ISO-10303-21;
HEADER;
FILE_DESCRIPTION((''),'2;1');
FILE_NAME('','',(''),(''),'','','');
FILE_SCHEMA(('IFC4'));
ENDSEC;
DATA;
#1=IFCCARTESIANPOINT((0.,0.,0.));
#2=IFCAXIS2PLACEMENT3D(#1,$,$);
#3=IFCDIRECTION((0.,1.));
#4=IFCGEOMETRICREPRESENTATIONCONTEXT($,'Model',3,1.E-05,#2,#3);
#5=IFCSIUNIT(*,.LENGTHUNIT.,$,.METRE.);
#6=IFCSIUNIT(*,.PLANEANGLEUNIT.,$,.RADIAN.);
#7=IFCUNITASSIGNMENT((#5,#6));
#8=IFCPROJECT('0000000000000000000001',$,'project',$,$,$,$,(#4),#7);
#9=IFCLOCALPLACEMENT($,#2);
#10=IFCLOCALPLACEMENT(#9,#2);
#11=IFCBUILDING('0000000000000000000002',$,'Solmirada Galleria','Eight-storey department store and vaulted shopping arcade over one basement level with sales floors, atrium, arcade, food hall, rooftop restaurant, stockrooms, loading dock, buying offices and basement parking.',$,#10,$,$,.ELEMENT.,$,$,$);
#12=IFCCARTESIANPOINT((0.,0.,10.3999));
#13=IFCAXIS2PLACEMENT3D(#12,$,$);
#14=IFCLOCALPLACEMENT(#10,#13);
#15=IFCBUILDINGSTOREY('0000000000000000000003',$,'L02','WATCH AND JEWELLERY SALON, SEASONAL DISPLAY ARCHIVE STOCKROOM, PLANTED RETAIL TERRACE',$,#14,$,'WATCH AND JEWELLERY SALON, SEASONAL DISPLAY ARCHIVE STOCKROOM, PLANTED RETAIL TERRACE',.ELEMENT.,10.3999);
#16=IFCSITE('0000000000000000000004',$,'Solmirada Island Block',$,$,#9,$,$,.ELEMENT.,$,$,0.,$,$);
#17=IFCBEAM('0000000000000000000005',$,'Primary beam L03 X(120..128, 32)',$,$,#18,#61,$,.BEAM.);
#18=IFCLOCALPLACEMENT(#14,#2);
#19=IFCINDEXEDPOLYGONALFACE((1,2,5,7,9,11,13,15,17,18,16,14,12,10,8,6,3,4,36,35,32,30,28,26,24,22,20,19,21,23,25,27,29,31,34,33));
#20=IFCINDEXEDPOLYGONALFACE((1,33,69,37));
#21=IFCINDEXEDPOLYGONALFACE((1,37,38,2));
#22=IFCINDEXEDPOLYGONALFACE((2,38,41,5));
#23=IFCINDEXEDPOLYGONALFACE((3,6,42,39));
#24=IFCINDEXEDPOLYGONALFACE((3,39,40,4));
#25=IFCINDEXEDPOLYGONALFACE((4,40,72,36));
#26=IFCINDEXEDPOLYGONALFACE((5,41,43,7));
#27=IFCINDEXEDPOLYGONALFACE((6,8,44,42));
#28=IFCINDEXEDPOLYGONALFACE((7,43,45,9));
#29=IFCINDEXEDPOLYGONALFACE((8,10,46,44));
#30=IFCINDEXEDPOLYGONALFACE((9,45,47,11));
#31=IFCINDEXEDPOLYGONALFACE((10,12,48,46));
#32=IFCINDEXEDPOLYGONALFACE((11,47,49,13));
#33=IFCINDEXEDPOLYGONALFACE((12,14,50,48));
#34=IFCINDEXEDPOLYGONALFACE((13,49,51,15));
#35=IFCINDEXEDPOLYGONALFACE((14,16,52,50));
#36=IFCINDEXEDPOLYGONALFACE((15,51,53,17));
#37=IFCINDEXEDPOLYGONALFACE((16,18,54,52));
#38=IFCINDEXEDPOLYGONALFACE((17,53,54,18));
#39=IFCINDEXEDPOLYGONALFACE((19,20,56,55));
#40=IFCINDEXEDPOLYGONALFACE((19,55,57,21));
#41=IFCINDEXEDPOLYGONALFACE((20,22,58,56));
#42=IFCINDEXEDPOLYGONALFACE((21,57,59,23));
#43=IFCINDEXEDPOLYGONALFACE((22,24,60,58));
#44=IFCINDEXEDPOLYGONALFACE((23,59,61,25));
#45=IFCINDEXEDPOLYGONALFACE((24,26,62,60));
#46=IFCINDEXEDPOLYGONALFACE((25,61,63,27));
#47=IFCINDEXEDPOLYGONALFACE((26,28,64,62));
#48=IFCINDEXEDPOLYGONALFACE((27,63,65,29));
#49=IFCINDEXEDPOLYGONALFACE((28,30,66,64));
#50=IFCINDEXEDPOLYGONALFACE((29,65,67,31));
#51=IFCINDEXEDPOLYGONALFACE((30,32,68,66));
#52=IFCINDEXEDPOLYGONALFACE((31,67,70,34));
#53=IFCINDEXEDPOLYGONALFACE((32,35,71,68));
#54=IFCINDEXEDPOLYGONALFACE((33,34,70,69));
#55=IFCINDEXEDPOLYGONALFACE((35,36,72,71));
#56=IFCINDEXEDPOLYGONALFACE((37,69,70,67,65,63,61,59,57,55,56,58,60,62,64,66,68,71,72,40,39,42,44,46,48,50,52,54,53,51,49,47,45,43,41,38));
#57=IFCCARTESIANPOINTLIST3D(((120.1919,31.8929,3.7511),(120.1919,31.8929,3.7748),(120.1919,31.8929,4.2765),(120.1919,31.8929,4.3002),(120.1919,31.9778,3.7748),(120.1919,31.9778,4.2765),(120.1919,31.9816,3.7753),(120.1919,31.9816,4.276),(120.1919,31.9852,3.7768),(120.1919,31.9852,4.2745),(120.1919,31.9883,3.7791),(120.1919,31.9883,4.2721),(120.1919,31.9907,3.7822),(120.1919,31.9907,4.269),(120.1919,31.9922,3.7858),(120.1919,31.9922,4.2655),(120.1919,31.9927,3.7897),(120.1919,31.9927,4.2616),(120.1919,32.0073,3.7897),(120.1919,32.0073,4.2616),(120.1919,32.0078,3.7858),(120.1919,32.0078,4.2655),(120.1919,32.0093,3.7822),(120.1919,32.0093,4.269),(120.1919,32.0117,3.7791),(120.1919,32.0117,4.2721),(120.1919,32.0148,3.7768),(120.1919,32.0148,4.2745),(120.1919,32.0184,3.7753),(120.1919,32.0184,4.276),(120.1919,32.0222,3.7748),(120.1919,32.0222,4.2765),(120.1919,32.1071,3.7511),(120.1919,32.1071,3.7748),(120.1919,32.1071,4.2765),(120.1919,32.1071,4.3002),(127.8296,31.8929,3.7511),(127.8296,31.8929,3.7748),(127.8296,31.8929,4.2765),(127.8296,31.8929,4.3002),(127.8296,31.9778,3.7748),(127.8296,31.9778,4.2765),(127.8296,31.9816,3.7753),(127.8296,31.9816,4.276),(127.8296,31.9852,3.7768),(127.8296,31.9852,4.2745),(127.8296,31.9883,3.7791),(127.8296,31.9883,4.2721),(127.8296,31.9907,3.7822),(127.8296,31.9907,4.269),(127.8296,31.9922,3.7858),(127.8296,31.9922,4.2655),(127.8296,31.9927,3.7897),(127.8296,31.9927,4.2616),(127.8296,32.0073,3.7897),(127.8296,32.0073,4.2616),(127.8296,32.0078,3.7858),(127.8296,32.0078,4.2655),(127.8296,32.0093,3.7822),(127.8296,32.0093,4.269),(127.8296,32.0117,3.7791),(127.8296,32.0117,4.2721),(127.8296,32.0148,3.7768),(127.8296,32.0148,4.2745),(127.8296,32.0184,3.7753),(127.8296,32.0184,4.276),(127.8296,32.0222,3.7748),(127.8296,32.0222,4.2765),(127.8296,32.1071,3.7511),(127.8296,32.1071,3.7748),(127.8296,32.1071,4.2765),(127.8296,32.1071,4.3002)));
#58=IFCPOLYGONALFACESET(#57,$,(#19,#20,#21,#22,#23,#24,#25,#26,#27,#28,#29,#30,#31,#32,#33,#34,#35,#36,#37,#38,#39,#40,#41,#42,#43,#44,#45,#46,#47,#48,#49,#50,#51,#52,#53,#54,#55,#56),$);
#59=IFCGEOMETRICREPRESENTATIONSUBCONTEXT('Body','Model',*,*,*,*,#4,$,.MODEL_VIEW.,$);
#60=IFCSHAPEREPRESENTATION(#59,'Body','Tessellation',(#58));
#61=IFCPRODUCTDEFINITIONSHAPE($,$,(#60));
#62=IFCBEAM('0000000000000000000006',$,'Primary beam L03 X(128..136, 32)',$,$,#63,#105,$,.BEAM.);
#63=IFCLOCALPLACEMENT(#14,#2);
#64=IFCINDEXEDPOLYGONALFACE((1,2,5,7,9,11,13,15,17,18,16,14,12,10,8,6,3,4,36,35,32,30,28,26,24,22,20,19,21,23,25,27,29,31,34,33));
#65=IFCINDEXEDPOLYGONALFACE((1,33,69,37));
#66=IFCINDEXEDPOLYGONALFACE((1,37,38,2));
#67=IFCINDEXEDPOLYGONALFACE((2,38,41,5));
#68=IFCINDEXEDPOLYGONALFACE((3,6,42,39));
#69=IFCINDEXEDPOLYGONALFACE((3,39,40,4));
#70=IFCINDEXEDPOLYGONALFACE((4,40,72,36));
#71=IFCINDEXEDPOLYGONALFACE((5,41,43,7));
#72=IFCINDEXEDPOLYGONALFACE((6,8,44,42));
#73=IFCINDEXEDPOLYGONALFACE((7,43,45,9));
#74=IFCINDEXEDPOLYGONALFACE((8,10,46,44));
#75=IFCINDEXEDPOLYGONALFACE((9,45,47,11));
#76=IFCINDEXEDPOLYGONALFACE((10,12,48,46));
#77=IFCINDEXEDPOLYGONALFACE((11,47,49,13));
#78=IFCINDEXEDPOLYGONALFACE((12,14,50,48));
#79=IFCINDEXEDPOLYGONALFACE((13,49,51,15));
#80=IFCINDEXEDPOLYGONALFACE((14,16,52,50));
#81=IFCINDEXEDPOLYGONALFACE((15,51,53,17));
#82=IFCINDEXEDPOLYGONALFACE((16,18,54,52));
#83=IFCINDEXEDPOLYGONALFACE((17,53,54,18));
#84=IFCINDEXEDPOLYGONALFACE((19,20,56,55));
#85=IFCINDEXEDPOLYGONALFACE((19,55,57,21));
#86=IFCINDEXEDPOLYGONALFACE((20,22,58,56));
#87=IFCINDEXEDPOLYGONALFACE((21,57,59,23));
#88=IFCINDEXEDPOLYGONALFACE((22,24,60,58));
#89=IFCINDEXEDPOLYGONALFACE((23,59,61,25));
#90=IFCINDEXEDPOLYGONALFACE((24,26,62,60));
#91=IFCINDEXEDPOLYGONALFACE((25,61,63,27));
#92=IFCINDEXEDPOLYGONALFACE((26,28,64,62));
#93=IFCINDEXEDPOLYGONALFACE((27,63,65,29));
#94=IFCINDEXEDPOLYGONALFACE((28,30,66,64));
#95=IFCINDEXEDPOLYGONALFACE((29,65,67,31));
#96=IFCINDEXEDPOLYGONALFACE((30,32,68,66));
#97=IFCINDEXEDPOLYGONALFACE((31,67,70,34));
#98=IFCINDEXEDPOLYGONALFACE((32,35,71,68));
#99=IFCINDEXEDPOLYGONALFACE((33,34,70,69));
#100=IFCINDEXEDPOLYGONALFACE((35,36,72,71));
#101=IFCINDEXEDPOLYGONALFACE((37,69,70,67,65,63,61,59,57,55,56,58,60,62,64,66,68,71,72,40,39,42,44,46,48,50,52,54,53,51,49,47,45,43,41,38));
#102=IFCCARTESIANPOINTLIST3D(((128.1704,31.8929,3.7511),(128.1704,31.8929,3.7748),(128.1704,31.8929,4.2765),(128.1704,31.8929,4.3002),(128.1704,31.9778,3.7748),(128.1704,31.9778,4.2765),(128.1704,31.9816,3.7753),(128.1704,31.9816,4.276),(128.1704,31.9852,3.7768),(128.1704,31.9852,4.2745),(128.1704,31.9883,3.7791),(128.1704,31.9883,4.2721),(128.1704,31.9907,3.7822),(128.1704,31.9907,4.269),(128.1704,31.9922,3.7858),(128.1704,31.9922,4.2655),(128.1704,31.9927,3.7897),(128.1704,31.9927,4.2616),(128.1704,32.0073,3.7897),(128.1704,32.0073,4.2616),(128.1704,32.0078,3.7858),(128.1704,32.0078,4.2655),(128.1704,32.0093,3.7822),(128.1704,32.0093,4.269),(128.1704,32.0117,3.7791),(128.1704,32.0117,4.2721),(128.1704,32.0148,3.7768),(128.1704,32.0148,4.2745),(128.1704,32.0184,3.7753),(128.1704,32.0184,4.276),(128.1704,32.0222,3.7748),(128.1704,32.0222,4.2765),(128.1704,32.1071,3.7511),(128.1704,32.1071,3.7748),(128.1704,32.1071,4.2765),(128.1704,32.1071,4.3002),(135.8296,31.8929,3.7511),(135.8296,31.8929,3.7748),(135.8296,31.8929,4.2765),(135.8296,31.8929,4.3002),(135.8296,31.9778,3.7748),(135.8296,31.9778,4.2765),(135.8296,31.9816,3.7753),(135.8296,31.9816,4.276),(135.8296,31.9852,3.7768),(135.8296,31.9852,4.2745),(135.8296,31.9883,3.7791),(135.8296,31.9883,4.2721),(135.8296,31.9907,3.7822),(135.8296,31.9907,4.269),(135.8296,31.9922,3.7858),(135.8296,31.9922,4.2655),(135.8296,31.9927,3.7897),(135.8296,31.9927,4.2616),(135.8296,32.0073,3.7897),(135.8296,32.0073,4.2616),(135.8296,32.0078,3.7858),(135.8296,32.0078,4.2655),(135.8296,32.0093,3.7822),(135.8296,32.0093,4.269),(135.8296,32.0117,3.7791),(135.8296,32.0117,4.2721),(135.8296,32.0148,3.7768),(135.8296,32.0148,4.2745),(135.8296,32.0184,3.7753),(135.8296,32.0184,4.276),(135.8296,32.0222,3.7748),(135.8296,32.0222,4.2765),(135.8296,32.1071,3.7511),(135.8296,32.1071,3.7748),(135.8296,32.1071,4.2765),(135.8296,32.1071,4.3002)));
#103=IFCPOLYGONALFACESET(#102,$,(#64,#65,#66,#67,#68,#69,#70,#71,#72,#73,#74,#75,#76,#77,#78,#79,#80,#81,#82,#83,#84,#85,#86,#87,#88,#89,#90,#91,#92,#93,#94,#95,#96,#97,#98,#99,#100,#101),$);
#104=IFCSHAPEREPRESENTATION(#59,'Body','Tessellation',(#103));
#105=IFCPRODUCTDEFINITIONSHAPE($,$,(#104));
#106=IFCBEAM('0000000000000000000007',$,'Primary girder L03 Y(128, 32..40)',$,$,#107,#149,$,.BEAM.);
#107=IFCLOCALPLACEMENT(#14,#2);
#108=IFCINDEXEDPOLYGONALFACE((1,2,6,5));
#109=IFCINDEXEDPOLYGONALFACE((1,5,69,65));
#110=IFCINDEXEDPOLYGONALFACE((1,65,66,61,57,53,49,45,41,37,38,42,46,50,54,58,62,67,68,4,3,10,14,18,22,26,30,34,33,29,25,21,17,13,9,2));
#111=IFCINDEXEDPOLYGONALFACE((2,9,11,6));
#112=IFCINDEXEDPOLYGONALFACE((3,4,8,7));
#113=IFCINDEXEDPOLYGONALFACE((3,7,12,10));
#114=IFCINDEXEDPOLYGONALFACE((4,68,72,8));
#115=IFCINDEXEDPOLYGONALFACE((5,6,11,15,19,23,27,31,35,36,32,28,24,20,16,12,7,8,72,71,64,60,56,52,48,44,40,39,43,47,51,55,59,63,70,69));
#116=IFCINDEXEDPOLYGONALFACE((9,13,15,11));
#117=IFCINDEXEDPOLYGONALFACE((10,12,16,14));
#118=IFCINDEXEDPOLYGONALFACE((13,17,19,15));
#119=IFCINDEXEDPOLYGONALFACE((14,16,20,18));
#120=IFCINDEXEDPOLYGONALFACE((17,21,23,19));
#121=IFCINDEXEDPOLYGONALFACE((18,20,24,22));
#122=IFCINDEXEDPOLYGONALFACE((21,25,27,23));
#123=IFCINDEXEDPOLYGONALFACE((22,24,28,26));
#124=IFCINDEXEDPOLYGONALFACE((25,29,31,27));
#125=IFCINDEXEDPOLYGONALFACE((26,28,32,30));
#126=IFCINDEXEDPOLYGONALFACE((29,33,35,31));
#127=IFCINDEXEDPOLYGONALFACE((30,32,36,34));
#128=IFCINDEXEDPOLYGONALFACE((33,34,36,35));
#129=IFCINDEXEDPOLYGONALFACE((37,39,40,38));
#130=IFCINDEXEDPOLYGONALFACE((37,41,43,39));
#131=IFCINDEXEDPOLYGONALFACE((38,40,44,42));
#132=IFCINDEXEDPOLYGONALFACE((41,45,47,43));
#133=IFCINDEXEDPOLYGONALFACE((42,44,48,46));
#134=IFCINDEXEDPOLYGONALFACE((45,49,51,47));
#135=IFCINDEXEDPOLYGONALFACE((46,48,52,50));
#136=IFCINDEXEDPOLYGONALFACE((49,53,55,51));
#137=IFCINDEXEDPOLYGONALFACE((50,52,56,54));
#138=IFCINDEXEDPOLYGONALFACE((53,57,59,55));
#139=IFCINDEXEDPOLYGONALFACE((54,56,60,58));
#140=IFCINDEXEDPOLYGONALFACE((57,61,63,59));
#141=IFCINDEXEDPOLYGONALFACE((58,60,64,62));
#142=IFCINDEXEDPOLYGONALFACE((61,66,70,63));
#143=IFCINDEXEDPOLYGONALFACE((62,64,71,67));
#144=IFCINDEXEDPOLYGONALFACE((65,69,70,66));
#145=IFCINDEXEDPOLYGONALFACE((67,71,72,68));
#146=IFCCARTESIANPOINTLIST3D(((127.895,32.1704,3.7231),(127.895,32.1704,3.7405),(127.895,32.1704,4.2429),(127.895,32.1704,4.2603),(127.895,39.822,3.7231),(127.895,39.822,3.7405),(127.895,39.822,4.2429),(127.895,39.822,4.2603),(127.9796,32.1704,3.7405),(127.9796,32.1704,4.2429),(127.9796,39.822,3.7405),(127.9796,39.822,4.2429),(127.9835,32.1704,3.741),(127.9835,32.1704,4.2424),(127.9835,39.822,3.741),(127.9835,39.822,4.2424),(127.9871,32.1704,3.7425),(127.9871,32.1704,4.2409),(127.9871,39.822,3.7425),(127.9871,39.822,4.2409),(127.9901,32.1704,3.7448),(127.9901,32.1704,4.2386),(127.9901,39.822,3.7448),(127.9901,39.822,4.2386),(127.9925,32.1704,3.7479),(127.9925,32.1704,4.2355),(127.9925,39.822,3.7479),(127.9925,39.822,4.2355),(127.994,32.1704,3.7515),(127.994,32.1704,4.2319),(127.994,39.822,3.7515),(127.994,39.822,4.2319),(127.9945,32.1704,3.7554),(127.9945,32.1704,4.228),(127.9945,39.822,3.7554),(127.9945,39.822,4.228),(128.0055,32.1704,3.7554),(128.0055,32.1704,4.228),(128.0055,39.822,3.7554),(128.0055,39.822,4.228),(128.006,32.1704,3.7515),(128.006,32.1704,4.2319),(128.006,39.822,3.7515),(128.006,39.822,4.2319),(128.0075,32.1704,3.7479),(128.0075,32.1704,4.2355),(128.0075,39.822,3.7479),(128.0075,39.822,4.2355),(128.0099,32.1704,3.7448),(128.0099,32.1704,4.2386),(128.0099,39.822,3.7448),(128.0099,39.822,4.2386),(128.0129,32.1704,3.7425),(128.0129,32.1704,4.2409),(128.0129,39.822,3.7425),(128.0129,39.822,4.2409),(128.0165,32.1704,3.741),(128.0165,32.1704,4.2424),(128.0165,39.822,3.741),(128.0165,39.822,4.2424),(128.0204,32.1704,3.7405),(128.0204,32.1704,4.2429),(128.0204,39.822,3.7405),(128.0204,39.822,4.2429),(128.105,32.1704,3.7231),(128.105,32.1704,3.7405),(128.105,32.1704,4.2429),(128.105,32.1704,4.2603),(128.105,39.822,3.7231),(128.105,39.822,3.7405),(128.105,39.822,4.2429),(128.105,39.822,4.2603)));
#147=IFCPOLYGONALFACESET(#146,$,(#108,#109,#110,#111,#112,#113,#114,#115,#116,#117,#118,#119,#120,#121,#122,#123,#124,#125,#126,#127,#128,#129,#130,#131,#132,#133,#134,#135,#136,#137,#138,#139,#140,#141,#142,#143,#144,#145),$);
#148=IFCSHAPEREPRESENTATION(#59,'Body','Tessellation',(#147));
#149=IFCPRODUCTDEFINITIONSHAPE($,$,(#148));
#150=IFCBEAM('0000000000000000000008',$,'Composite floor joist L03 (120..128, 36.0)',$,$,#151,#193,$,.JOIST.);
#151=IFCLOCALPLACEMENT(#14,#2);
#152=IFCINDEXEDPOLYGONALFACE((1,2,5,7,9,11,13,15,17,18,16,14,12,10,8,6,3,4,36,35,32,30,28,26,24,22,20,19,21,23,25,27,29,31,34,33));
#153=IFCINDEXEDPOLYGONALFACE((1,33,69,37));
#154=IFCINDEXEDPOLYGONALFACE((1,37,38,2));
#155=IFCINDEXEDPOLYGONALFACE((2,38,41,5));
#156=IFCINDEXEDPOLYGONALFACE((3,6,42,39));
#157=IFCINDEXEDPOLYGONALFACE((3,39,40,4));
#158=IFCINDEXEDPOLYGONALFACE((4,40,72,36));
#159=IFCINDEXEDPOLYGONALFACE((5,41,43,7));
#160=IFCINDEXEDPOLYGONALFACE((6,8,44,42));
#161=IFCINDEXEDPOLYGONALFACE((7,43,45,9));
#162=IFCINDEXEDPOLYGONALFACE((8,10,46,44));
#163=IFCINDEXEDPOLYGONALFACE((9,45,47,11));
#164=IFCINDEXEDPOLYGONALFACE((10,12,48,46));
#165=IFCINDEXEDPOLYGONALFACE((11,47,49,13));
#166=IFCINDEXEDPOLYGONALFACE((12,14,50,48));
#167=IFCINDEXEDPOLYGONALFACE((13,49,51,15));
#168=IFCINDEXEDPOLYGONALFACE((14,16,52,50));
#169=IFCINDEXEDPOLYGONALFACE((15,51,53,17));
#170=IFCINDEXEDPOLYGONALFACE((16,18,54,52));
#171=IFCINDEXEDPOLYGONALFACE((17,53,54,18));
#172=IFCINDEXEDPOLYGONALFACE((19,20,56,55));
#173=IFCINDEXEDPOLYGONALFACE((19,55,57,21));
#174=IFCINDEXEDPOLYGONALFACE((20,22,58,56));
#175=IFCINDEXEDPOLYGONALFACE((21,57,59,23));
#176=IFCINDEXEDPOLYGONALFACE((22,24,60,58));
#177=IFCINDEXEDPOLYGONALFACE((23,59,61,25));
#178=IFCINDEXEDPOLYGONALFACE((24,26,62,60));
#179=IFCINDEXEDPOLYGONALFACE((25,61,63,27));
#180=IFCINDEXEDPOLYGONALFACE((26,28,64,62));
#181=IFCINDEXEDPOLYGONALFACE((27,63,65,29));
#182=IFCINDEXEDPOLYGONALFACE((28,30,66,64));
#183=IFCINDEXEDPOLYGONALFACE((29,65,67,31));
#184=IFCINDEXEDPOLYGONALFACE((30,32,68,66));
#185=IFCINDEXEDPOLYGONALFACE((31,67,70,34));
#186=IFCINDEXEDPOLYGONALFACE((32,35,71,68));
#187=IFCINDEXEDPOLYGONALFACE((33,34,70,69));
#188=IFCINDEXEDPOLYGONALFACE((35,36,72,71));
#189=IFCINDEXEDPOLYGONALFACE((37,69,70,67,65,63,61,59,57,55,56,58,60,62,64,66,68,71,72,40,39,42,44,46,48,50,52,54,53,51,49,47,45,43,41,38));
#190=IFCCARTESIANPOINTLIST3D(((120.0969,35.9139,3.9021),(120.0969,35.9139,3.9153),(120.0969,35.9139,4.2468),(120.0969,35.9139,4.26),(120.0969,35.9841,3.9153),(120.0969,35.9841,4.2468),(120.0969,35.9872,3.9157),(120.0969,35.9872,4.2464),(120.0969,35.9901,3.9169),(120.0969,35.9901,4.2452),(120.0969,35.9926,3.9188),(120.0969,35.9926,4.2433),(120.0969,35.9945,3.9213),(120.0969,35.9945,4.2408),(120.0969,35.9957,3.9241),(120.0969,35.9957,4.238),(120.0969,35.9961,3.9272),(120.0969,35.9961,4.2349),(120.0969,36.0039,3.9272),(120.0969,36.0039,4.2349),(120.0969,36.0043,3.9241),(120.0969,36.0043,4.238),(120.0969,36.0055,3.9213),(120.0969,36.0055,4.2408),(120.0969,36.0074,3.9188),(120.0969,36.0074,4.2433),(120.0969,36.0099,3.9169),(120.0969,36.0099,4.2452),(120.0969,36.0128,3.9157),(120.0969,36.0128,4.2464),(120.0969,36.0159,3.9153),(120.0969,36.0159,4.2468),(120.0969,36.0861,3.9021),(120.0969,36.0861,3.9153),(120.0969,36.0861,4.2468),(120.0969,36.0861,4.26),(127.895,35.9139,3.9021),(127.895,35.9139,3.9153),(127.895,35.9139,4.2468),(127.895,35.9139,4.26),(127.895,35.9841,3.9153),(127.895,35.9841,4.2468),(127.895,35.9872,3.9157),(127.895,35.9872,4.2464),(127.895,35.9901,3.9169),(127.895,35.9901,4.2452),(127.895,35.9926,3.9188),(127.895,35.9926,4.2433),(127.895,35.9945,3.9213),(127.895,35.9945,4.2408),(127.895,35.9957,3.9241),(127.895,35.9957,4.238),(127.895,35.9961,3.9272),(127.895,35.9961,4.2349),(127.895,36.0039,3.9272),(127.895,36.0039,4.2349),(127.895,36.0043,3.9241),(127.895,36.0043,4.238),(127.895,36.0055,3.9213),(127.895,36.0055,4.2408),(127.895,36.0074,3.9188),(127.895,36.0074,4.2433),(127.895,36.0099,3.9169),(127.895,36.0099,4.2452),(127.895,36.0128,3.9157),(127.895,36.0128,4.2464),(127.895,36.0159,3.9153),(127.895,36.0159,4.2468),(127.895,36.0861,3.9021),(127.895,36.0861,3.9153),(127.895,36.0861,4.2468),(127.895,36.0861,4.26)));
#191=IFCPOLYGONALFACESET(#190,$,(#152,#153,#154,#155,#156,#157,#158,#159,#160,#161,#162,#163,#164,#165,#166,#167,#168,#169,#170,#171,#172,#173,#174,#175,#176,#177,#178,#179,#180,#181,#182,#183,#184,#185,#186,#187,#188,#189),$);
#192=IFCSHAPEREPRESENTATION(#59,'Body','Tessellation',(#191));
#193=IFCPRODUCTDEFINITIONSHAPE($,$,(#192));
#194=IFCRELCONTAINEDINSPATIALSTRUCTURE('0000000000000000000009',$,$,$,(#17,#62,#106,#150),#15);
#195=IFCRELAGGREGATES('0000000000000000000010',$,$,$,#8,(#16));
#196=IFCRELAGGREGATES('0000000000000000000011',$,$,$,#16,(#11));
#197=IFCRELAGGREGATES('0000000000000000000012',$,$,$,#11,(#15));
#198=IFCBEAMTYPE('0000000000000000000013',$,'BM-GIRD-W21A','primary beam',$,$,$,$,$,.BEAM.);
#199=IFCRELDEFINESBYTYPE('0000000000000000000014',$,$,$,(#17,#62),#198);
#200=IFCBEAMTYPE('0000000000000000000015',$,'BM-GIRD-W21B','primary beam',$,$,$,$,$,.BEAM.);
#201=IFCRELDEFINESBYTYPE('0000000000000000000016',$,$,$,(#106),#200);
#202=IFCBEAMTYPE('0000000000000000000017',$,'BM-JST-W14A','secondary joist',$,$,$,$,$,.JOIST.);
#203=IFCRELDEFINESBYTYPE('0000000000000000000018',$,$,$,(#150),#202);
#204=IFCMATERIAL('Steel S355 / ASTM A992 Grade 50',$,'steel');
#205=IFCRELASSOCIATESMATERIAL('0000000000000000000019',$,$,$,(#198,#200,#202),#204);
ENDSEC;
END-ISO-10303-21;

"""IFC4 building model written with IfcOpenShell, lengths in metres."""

from ifc_helpers import new_model, si_unit, direction, frame, origin, origin_2d, place, context, subcontext, project, spatial, i_section, extrude, material, material_profile, profile_set, type_object, element, save


model = new_model("IFC4")

# Units and contexts
model_context = context("Model", 3, precision=1e-05, world=origin(), true_north=direction((0.0, 1.0)))
body_context = subcontext(model_context, "Body", "Model", "MODEL_VIEW")
ifc_project = project(units=[si_unit("LENGTHUNIT", "METRE"), si_unit("PLANEANGLEUNIT", "RADIAN")], contexts=[model_context])

# Site, building, storey
site_placement = place(None, origin())
site = spatial("IfcSite", under=ifc_project, at=site_placement, Name="Solmirada Island Block", CompositionType="ELEMENT", RefElevation=0.0)
building_placement = place(site_placement, origin())
building = spatial("IfcBuilding", under=site, at=building_placement, Name="Solmirada Galleria", Description="Eight-storey department store and vaulted shopping arcade over one basement level with sales floors, atrium, arcade, food hall, rooftop restaurant, stockrooms, loading dock, buying offices and basement parking.", CompositionType="ELEMENT")
storey_placement = place(building_placement, frame((0.0, 0.0, 10.3999)))
storey = spatial("IfcBuildingStorey", under=building, at=storey_placement, Name="L02", Description="WATCH AND JEWELLERY SALON, SEASONAL DISPLAY ARCHIVE STOCKROOM, PLANTED RETAIL TERRACE", LongName="WATCH AND JEWELLERY SALON, SEASONAL DISPLAY ARCHIVE STOCKROOM, PLANTED RETAIL TERRACE", CompositionType="ELEMENT", Elevation=10.3999)

# Beams
ifc_material_1 = material(Name="Steel S355 / ASTM A992 Grade 50", Category="steel")
ifc_material_profile_1 = material_profile(ifc_material_1, i_section(OverallWidth=0.2141, OverallDepth=0.5491, WebThickness=0.0146, FlangeThickness=0.0237, FilletRadius=0.0149, at=origin_2d()), Name="W21X93")
ifc_profile_set_1 = profile_set([ifc_material_profile_1], Name="Steel S355 / ASTM A992 Grade 50")
beam_type_1 = type_object("IfcBeamType", Name="BM-GIRD-W21A", Description="primary beam", PredefinedType="BEAM", material=ifc_profile_set_1)
beam_1_placement = place(storey_placement, frame((120.1919, 32.0, 4.0256), z_axis=(1.0, 0.0, 0.0), x_axis=(0.0, 1.0, 0.0)))
element("IfcBeam", 1, at=beam_1_placement, inside=storey, type_object=beam_type_1, Name="Primary beam L03 X(120..128, 32)", PredefinedType="BEAM", context=body_context, shape_type="SweptSolid", body=[
    extrude(i_section(OverallWidth=0.2141, OverallDepth=0.5491, WebThickness=0.0146, FlangeThickness=0.0237, FilletRadius=0.0149, at=origin_2d()), origin(), (0.0, 0.0, 1.0), 7.6377),
])
beam_2_placement = place(storey_placement, frame((128.1704, 32.0, 4.0256), z_axis=(1.0, 0.0, 0.0), x_axis=(0.0, 1.0, 0.0)))
element("IfcBeam", 2, at=beam_2_placement, inside=storey, type_object=beam_type_1, Name="Primary beam L03 X(128..136, 32)", PredefinedType="BEAM", context=body_context, shape_type="SweptSolid", body=[
    extrude(i_section(OverallWidth=0.2141, OverallDepth=0.5491, WebThickness=0.0146, FlangeThickness=0.0237, FilletRadius=0.0149, at=origin_2d()), origin(), (0.0, 0.0, 1.0), 7.6592),
])
ifc_material_profile_2 = material_profile(ifc_material_1, i_section(OverallWidth=0.21, OverallDepth=0.5371, WebThickness=0.011, FlangeThickness=0.0173, FilletRadius=0.0149, at=origin_2d()), Name="W21X68")
ifc_profile_set_2 = profile_set([ifc_material_profile_2], Name="Steel S355 / ASTM A992 Grade 50")
beam_type_2 = type_object("IfcBeamType", Name="BM-GIRD-W21B", Description="primary beam", PredefinedType="BEAM", material=ifc_profile_set_2)
beam_3_placement = place(storey_placement, frame((128.0, 32.1704, 3.9917), z_axis=(0.0, 1.0, 0.0), x_axis=(-1.0, 0.0, 0.0)))
element("IfcBeam", 3, at=beam_3_placement, inside=storey, type_object=beam_type_2, Name="Primary girder L03 Y(128, 32..40)", PredefinedType="BEAM", context=body_context, shape_type="SweptSolid", body=[
    extrude(i_section(OverallWidth=0.21, OverallDepth=0.5371, WebThickness=0.011, FlangeThickness=0.0173, FilletRadius=0.0149, at=origin_2d()), origin(), (0.0, 0.0, 1.0), 7.6516),
])
ifc_material_profile_3 = material_profile(ifc_material_1, i_section(OverallWidth=0.1721, OverallDepth=0.3579, WebThickness=0.0078, FlangeThickness=0.0132, FilletRadius=0.012, at=origin_2d()), Name="W14X38")
ifc_profile_set_3 = profile_set([ifc_material_profile_3], Name="Steel S355 / ASTM A992 Grade 50")
beam_type_3 = type_object("IfcBeamType", Name="BM-JST-W14A", Description="secondary joist", PredefinedType="JOIST", material=ifc_profile_set_3)
for number, where, z_axis, x_axis, name in (
    (4, (120.0969, 36.0, 4.0811), (1.0, 0.0, 0.0), (0.0, 1.0, 0.0), "Composite floor joist L03 (120..128, 36.0)"),
):
    element("IfcBeam", number, at=place(storey_placement, frame(where, z_axis=z_axis, x_axis=x_axis)), inside=storey, type_object=beam_type_3, Name=name, PredefinedType="JOIST", context=body_context, shape_type="SweptSolid", body=[
        extrude(i_section(OverallWidth=0.1721, OverallDepth=0.3579, WebThickness=0.0078, FlangeThickness=0.0132, FilletRadius=0.012, at=origin_2d()), origin(), (0.0, 0.0, 1.0), 7.7981),
    ])

save(model, "model.ifc")
